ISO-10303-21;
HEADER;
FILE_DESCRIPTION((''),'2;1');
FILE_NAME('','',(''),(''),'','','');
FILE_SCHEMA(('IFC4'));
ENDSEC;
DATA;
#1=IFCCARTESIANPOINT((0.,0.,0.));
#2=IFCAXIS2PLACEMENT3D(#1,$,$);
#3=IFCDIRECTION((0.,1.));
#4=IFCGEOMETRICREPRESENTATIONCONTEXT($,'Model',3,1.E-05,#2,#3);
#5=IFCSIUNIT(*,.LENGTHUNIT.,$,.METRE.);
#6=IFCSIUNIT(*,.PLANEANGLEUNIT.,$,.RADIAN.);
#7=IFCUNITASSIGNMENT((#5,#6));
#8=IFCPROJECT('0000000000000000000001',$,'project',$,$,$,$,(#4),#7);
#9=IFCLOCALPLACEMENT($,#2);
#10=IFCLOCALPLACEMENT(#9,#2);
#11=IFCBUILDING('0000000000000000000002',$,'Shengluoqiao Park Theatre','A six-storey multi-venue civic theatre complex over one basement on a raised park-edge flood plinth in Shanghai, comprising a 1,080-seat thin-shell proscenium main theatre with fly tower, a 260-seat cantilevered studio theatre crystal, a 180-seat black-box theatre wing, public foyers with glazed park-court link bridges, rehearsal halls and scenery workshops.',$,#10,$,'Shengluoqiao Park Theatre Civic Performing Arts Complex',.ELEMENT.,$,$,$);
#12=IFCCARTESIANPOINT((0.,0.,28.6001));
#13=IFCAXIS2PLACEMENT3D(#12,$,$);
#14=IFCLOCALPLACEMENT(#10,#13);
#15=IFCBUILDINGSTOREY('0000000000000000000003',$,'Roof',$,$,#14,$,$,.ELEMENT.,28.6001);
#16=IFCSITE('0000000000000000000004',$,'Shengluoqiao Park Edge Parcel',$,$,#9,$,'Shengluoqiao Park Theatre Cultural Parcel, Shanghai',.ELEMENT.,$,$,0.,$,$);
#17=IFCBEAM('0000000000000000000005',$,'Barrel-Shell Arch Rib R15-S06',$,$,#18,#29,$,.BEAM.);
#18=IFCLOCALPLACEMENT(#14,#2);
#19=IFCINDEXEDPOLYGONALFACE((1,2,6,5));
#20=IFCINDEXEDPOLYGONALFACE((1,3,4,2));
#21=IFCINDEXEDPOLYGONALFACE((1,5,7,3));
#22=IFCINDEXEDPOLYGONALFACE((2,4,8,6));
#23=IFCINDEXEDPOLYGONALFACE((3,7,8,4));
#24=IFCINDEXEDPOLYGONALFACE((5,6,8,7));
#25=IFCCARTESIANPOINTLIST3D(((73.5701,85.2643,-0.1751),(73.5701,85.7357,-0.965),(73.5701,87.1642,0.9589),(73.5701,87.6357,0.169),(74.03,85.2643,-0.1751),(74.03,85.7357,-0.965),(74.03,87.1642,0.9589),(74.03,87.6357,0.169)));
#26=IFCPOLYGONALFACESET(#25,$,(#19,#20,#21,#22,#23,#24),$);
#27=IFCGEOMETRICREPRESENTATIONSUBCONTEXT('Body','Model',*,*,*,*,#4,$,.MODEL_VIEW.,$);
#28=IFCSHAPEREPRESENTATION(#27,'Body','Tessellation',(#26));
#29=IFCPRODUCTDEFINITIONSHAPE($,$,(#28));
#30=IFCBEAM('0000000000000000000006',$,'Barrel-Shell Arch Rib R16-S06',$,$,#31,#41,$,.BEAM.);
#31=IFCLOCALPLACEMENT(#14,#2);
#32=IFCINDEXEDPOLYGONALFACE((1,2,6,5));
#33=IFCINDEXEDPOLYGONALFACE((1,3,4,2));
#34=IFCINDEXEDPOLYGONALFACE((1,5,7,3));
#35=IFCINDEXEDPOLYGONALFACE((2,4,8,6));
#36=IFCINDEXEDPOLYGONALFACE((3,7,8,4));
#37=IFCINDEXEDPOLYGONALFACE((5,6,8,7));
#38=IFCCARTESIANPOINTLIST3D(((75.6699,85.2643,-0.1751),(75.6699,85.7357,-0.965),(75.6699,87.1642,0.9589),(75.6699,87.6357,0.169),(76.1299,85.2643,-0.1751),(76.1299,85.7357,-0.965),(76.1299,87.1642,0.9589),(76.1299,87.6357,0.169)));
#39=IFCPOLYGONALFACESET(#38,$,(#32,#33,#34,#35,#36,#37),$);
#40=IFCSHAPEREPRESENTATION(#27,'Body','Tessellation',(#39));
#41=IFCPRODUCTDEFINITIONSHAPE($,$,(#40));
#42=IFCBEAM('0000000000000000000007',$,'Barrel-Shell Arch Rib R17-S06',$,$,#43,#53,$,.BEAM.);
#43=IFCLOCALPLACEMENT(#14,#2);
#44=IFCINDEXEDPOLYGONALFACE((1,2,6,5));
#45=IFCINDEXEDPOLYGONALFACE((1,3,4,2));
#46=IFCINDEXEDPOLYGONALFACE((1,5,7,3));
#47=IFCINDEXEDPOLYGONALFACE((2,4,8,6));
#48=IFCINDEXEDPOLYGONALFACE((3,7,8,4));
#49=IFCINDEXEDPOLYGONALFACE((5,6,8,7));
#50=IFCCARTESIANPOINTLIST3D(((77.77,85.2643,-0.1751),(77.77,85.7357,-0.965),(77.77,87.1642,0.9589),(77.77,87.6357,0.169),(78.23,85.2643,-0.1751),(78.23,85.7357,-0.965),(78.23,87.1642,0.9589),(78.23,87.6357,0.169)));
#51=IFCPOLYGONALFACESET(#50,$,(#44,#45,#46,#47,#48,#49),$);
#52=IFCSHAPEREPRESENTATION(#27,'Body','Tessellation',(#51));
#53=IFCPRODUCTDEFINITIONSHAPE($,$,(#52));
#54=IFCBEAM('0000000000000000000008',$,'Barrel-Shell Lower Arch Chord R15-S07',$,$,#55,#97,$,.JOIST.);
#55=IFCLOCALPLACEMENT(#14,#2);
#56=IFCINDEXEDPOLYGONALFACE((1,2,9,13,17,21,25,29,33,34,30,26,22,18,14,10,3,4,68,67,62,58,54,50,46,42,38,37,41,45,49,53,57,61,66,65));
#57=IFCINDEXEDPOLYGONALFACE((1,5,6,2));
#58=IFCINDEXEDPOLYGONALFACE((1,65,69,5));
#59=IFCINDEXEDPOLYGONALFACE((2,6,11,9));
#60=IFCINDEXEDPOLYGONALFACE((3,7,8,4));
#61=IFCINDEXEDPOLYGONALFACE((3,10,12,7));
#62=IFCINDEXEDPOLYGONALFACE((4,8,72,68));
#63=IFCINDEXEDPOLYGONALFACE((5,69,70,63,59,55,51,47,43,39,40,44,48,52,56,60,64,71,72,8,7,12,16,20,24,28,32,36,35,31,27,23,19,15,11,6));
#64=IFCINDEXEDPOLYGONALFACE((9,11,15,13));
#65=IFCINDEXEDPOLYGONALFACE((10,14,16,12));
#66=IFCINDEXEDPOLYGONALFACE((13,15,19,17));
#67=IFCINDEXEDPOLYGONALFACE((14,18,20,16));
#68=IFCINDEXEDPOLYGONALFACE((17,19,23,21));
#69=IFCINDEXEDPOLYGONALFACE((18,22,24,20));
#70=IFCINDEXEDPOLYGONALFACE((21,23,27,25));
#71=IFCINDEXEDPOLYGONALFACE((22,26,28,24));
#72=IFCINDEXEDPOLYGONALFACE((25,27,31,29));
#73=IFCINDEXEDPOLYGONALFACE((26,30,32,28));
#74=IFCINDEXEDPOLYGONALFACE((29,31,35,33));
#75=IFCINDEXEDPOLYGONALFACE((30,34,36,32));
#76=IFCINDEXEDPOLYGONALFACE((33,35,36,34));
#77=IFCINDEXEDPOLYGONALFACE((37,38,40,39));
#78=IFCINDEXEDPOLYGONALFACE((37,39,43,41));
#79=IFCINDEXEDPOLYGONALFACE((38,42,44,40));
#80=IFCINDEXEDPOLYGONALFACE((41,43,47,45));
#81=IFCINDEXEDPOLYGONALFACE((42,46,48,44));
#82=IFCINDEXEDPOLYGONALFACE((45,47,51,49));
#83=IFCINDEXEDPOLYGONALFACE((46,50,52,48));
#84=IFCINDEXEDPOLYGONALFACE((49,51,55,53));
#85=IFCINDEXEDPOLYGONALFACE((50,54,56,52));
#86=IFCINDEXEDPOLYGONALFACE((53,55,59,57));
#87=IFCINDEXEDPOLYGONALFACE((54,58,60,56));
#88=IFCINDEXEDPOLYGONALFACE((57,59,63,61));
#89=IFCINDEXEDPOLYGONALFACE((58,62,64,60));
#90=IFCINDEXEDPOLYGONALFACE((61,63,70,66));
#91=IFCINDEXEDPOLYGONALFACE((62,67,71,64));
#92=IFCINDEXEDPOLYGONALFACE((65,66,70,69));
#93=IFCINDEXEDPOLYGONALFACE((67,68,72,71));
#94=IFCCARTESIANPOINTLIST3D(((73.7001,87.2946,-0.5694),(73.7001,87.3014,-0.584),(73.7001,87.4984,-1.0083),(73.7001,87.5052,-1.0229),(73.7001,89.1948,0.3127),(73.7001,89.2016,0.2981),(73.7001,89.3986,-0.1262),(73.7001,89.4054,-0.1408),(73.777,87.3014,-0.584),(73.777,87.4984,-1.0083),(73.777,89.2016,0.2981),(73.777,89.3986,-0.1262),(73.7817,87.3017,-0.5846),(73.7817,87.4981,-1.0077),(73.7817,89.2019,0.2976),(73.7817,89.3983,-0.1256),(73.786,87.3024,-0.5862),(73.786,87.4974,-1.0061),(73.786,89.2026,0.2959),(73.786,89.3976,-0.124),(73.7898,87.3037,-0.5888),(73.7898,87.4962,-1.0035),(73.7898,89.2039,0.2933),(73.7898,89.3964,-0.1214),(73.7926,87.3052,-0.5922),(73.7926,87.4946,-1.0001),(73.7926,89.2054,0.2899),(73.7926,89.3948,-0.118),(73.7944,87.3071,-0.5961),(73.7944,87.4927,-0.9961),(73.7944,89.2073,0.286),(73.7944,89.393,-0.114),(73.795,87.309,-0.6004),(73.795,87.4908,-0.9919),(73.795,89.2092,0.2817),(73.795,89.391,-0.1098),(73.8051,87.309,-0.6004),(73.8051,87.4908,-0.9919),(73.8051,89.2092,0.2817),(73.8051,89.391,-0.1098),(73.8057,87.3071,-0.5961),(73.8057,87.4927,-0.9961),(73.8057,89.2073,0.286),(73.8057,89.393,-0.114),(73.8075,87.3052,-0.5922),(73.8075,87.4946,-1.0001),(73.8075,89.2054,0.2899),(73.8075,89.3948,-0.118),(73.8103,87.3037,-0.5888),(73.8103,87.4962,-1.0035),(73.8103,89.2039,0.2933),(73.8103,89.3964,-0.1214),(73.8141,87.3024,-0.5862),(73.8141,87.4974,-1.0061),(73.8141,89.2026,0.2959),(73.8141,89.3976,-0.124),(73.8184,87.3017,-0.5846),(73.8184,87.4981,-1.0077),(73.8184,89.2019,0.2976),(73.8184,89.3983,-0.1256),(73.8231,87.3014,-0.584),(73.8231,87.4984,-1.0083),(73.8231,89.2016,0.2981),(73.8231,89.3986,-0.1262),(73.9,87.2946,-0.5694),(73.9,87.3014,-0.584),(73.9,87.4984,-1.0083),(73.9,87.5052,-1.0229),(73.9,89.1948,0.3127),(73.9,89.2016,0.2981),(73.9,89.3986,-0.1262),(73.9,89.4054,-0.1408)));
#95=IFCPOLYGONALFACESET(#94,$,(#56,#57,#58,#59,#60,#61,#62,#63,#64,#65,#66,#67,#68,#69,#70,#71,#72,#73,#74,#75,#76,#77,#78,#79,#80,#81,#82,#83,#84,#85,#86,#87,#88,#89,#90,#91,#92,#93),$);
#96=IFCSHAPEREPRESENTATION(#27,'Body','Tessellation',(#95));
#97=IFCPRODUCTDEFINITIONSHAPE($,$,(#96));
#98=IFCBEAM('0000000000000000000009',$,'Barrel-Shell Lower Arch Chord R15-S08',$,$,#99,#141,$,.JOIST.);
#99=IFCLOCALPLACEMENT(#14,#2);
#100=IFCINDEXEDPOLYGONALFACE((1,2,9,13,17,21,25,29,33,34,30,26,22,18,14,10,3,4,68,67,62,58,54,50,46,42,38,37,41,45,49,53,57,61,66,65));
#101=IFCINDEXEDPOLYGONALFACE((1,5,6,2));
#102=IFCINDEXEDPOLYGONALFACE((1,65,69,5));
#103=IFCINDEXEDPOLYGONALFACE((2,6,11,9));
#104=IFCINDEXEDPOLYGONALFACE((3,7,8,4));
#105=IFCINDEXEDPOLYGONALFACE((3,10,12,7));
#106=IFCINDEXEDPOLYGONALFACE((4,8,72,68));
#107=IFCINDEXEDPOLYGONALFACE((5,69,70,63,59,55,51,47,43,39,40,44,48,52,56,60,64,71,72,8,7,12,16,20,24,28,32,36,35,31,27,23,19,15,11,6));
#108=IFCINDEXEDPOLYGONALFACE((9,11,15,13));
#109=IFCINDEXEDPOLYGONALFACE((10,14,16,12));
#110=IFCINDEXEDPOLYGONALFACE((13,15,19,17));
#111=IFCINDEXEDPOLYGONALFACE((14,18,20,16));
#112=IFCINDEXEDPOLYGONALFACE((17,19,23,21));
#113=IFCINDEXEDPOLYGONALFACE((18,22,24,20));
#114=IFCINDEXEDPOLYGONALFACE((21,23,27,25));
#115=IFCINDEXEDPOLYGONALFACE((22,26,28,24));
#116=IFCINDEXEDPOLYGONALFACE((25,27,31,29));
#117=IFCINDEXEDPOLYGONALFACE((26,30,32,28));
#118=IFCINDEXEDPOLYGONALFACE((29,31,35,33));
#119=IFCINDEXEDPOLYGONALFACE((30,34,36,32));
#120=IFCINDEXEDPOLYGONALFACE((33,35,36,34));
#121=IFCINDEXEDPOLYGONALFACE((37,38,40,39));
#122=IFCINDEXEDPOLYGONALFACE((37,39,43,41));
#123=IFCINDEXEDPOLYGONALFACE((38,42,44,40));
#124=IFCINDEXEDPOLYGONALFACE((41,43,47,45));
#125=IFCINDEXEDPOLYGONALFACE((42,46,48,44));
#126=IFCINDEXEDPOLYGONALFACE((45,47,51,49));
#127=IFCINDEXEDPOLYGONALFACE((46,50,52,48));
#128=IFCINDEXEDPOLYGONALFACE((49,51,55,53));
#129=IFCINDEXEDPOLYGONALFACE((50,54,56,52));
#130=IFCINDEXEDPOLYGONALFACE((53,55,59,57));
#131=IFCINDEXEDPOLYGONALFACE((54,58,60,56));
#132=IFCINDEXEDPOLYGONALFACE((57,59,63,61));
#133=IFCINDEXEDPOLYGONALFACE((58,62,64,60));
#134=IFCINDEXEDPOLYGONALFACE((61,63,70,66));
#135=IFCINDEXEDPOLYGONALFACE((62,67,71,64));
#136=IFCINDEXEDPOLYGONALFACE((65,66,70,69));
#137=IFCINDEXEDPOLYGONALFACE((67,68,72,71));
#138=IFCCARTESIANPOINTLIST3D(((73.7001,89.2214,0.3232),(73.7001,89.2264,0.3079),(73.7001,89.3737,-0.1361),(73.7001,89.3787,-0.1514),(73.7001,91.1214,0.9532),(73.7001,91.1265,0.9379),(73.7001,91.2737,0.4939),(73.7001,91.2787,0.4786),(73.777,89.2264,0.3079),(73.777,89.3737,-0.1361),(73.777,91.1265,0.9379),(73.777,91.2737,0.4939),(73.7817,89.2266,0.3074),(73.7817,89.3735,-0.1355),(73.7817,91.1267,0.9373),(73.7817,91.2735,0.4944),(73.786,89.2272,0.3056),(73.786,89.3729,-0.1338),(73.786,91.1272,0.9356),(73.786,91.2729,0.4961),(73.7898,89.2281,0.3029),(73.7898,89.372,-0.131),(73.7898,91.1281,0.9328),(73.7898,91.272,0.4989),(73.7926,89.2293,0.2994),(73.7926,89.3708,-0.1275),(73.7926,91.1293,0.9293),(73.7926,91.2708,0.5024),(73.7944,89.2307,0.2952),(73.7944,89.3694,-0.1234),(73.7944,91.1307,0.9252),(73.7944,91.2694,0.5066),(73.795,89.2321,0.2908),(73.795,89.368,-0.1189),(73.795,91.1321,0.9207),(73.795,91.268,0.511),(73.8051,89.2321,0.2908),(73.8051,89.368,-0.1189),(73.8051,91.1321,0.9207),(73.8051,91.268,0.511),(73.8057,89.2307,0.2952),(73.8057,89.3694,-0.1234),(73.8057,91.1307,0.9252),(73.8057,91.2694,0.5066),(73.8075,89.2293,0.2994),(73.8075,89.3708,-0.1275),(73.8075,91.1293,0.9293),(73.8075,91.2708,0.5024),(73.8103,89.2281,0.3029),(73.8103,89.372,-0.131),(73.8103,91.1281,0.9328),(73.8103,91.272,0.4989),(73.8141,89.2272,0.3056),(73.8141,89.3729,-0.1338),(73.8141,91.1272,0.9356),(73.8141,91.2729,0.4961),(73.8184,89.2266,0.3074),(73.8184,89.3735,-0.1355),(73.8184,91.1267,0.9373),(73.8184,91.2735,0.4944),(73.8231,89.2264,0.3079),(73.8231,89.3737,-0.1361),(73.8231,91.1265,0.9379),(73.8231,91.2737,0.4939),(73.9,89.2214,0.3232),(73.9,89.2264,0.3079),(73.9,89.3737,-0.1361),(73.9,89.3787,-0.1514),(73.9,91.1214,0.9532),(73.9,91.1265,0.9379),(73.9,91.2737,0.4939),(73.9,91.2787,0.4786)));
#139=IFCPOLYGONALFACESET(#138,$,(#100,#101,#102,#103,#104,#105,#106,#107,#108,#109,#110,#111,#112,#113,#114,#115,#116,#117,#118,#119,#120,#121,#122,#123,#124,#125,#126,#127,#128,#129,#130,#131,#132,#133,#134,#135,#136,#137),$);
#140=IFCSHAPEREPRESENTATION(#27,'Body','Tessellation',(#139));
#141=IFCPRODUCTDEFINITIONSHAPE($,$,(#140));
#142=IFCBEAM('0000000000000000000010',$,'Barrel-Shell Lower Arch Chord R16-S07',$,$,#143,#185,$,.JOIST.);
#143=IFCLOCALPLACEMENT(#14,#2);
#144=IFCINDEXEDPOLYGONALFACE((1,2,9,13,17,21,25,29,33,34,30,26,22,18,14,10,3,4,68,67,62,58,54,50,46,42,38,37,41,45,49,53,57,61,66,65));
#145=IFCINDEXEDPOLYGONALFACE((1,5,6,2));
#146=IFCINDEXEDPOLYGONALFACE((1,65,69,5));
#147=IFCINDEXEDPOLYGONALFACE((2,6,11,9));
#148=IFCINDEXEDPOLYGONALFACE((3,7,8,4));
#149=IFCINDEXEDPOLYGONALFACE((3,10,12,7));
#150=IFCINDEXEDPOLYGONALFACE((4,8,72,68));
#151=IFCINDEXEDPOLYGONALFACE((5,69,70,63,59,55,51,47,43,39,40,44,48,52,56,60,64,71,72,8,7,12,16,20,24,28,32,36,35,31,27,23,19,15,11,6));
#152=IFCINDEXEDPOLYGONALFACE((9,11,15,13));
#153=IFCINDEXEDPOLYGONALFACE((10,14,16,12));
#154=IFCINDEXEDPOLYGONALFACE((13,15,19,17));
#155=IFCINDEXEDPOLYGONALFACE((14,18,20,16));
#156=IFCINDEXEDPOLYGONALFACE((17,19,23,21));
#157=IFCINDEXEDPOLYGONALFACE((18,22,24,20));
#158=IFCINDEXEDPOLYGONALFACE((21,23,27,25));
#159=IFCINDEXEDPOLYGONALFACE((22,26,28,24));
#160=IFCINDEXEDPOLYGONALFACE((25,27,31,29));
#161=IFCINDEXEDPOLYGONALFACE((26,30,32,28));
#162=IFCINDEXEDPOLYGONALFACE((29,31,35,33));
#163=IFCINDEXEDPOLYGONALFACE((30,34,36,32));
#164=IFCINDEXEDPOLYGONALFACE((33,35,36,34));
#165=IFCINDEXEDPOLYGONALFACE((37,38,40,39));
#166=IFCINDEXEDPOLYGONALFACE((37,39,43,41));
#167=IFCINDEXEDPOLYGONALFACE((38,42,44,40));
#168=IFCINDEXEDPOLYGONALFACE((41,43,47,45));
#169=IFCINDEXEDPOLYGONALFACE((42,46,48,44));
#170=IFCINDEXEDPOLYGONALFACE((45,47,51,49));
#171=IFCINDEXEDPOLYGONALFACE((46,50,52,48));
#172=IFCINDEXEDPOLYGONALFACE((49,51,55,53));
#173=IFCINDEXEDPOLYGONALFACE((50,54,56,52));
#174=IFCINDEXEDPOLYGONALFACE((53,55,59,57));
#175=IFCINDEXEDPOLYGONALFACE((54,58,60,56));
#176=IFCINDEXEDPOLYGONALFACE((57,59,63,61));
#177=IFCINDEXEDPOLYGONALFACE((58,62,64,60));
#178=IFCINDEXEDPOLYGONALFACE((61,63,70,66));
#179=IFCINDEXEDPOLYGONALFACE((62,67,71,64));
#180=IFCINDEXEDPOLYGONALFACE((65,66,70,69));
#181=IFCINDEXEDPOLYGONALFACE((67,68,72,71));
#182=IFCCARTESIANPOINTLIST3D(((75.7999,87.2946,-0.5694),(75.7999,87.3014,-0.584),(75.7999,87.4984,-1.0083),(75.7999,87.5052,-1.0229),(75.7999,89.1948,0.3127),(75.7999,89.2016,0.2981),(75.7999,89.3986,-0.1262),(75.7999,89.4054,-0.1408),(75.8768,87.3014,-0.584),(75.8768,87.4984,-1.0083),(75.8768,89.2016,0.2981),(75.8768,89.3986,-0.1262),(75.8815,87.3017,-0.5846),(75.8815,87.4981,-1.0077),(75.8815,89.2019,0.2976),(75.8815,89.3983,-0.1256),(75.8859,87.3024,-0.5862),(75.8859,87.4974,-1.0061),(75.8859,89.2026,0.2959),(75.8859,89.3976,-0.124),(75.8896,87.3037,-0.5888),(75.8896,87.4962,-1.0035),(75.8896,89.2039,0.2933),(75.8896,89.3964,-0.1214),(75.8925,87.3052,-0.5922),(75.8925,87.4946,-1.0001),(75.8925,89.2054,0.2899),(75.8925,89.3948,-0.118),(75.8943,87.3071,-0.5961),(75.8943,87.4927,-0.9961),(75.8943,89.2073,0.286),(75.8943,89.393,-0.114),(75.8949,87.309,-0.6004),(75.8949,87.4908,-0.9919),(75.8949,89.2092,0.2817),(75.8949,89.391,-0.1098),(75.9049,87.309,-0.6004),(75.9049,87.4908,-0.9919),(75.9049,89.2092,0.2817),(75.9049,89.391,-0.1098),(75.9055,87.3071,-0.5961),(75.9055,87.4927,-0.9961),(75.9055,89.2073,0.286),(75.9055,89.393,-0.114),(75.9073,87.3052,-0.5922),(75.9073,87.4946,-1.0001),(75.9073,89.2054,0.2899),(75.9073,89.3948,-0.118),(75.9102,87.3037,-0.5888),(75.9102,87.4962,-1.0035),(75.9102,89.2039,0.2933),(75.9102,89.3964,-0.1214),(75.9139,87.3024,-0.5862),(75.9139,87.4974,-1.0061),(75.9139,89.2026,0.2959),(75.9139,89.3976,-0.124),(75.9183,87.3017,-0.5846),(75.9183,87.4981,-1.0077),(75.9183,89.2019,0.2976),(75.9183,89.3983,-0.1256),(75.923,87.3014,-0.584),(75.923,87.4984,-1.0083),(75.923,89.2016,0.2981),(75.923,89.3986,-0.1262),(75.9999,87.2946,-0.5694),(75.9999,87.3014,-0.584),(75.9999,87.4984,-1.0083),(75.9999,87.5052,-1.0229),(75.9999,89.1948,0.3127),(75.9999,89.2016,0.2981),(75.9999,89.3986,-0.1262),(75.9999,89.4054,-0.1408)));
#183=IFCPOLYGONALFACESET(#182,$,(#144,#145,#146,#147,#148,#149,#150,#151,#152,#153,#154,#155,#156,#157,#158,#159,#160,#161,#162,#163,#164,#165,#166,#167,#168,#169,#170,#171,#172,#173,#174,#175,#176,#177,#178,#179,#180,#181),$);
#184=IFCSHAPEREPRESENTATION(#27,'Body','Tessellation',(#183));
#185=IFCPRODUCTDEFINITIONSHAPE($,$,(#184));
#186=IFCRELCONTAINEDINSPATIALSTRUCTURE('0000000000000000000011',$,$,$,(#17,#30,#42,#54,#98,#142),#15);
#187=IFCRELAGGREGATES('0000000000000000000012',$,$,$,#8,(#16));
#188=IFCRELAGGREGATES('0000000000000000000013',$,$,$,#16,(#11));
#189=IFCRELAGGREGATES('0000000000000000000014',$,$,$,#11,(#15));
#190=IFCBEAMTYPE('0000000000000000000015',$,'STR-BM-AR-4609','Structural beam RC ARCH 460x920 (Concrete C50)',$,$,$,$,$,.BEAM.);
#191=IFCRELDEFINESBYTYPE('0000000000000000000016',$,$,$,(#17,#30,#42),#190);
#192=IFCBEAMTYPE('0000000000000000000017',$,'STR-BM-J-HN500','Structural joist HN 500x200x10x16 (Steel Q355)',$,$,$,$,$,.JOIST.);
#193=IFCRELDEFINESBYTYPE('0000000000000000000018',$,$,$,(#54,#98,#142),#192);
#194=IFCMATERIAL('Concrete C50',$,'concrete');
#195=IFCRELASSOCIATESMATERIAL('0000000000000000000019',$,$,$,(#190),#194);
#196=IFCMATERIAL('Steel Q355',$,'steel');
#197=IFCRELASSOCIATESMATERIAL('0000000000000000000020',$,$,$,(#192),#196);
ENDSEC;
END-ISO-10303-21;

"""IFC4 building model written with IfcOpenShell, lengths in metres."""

from ifc_helpers import new_model, si_unit, direction, frame, origin, origin_2d, place, context, subcontext, project, spatial, rectangle, i_section, extrude, material, material_profile, profile_set, type_object, element, save


model = new_model("IFC4")

# Units and contexts
model_context = context("Model", 3, precision=1e-05, world=origin(), true_north=direction((0.0, 1.0)))
body_context = subcontext(model_context, "Body", "Model", "MODEL_VIEW")
ifc_project = project(units=[si_unit("LENGTHUNIT", "METRE"), si_unit("PLANEANGLEUNIT", "RADIAN")], contexts=[model_context])

# Site, building, storey
site_placement = place(None, origin())
site = spatial("IfcSite", under=ifc_project, at=site_placement, Name="Shengluoqiao Park Edge Parcel", LongName="Shengluoqiao Park Theatre Cultural Parcel, Shanghai", CompositionType="ELEMENT", RefElevation=0.0)
building_placement = place(site_placement, origin())
building = spatial("IfcBuilding", under=site, at=building_placement, Name="Shengluoqiao Park Theatre", Description="A six-storey multi-venue civic theatre complex over one basement on a raised park-edge flood plinth in Shanghai, comprising a 1,080-seat thin-shell proscenium main theatre with fly tower, a 260-seat cantilevered studio theatre crystal, a 180-seat black-box theatre wing, public foyers with glazed park-court link bridges, rehearsal halls and scenery workshops.", LongName="Shengluoqiao Park Theatre Civic Performing Arts Complex", CompositionType="ELEMENT")
storey_placement = place(building_placement, frame((0.0, 0.0, 28.6001)))
storey = spatial("IfcBuildingStorey", under=building, at=storey_placement, Name="Roof", CompositionType="ELEMENT", Elevation=28.6001)

# Beams
ifc_material_1 = material(Name="Concrete C50", Category="concrete")
ifc_material_profile_1 = material_profile(ifc_material_1, rectangle(XDim=0.46, YDim=0.9199, at=origin_2d()), Name="RC ARCH 460x920")
ifc_profile_set_1 = profile_set([ifc_material_profile_1], Name="Concrete C50")
beam_type_1 = type_object("IfcBeamType", Name="STR-BM-AR-4609", Description="Structural beam RC ARCH 460x920 (Concrete C50)", PredefinedType="BEAM", material=ifc_profile_set_1)
for number, where, z_axis, x_axis, name in (
    (1, (73.8, 85.5, -0.5701), (0.0, 0.858669, 0.512531), (-1.0, 0.0, 0.0), "Barrel-Shell Arch Rib R15-S06"),
    (2, (75.8999, 85.5, -0.5701), (0.0, 0.858669, 0.512531), (-1.0, 0.0, 0.0), "Barrel-Shell Arch Rib R16-S06"),
    (3, (78.0, 85.5, -0.5701), (0.0, 0.858669, 0.512531), (-1.0, 0.0, 0.0), "Barrel-Shell Arch Rib R17-S06"),
):
    element("IfcBeam", number, at=place(storey_placement, frame(where, z_axis=z_axis, x_axis=x_axis)), inside=storey, type_object=beam_type_1, Name=name, PredefinedType="BEAM", context=body_context, shape_type="SweptSolid", body=[
        extrude(rectangle(XDim=0.46, YDim=0.9199, at=origin_2d()), origin(), (0.0, 0.0, 1.0), 2.2126),
    ])
ifc_material_2 = material(Name="Steel Q355", Category="steel")
ifc_material_profile_2 = material_profile(ifc_material_2, i_section(OverallWidth=0.2, OverallDepth=0.5, WebThickness=0.01, FlangeThickness=0.0161, FilletRadius=0.0181, at=origin_2d()), Name="HN 500x200x10x16")
ifc_profile_set_2 = profile_set([ifc_material_profile_2], Name="Steel Q355")
beam_type_2 = type_object("IfcBeamType", Name="STR-BM-J-HN500", Description="Structural joist HN 500x200x10x16 (Steel Q355)", PredefinedType="JOIST", material=ifc_profile_set_2)
beam_1_placement = place(storey_placement, frame((73.8, 87.3999, -0.7961), z_axis=(0.0, 0.907033, 0.42106), x_axis=(-1.0, 0.0, 0.0)))
element("IfcBeam", 4, at=beam_1_placement, inside=storey, type_object=beam_type_2, Name="Barrel-Shell Lower Arch Chord R15-S07", PredefinedType="JOIST", context=body_context, shape_type="SweptSolid", body=[
    extrude(i_section(OverallWidth=0.2, OverallDepth=0.5, WebThickness=0.01, FlangeThickness=0.0161, FilletRadius=0.0181, at=origin_2d()), origin(), (0.0, 0.0, 1.0), 2.095),
])
beam_2_placement = place(storey_placement, frame((73.8, 89.3, 0.0859), z_axis=(0.0, 0.949194, 0.31469), x_axis=(-1.0, 0.0, 0.0)))
element("IfcBeam", 5, at=beam_2_placement, inside=storey, type_object=beam_type_2, Name="Barrel-Shell Lower Arch Chord R15-S08", PredefinedType="JOIST", context=body_context, shape_type="SweptSolid", body=[
    extrude(i_section(OverallWidth=0.2, OverallDepth=0.5, WebThickness=0.01, FlangeThickness=0.0161, FilletRadius=0.0181, at=origin_2d()), origin(), (0.0, 0.0, 1.0), 2.0017),
])
beam_3_placement = place(storey_placement, frame((75.8999, 87.3999, -0.7961), z_axis=(0.0, 0.907033, 0.42106), x_axis=(-1.0, 0.0, 0.0)))
element("IfcBeam", 6, at=beam_3_placement, inside=storey, type_object=beam_type_2, Name="Barrel-Shell Lower Arch Chord R16-S07", PredefinedType="JOIST", context=body_context, shape_type="SweptSolid", body=[
    extrude(i_section(OverallWidth=0.2, OverallDepth=0.5, WebThickness=0.01, FlangeThickness=0.0161, FilletRadius=0.0181, at=origin_2d()), origin(), (0.0, 0.0, 1.0), 2.095),
])

save(model, "model.ifc")
